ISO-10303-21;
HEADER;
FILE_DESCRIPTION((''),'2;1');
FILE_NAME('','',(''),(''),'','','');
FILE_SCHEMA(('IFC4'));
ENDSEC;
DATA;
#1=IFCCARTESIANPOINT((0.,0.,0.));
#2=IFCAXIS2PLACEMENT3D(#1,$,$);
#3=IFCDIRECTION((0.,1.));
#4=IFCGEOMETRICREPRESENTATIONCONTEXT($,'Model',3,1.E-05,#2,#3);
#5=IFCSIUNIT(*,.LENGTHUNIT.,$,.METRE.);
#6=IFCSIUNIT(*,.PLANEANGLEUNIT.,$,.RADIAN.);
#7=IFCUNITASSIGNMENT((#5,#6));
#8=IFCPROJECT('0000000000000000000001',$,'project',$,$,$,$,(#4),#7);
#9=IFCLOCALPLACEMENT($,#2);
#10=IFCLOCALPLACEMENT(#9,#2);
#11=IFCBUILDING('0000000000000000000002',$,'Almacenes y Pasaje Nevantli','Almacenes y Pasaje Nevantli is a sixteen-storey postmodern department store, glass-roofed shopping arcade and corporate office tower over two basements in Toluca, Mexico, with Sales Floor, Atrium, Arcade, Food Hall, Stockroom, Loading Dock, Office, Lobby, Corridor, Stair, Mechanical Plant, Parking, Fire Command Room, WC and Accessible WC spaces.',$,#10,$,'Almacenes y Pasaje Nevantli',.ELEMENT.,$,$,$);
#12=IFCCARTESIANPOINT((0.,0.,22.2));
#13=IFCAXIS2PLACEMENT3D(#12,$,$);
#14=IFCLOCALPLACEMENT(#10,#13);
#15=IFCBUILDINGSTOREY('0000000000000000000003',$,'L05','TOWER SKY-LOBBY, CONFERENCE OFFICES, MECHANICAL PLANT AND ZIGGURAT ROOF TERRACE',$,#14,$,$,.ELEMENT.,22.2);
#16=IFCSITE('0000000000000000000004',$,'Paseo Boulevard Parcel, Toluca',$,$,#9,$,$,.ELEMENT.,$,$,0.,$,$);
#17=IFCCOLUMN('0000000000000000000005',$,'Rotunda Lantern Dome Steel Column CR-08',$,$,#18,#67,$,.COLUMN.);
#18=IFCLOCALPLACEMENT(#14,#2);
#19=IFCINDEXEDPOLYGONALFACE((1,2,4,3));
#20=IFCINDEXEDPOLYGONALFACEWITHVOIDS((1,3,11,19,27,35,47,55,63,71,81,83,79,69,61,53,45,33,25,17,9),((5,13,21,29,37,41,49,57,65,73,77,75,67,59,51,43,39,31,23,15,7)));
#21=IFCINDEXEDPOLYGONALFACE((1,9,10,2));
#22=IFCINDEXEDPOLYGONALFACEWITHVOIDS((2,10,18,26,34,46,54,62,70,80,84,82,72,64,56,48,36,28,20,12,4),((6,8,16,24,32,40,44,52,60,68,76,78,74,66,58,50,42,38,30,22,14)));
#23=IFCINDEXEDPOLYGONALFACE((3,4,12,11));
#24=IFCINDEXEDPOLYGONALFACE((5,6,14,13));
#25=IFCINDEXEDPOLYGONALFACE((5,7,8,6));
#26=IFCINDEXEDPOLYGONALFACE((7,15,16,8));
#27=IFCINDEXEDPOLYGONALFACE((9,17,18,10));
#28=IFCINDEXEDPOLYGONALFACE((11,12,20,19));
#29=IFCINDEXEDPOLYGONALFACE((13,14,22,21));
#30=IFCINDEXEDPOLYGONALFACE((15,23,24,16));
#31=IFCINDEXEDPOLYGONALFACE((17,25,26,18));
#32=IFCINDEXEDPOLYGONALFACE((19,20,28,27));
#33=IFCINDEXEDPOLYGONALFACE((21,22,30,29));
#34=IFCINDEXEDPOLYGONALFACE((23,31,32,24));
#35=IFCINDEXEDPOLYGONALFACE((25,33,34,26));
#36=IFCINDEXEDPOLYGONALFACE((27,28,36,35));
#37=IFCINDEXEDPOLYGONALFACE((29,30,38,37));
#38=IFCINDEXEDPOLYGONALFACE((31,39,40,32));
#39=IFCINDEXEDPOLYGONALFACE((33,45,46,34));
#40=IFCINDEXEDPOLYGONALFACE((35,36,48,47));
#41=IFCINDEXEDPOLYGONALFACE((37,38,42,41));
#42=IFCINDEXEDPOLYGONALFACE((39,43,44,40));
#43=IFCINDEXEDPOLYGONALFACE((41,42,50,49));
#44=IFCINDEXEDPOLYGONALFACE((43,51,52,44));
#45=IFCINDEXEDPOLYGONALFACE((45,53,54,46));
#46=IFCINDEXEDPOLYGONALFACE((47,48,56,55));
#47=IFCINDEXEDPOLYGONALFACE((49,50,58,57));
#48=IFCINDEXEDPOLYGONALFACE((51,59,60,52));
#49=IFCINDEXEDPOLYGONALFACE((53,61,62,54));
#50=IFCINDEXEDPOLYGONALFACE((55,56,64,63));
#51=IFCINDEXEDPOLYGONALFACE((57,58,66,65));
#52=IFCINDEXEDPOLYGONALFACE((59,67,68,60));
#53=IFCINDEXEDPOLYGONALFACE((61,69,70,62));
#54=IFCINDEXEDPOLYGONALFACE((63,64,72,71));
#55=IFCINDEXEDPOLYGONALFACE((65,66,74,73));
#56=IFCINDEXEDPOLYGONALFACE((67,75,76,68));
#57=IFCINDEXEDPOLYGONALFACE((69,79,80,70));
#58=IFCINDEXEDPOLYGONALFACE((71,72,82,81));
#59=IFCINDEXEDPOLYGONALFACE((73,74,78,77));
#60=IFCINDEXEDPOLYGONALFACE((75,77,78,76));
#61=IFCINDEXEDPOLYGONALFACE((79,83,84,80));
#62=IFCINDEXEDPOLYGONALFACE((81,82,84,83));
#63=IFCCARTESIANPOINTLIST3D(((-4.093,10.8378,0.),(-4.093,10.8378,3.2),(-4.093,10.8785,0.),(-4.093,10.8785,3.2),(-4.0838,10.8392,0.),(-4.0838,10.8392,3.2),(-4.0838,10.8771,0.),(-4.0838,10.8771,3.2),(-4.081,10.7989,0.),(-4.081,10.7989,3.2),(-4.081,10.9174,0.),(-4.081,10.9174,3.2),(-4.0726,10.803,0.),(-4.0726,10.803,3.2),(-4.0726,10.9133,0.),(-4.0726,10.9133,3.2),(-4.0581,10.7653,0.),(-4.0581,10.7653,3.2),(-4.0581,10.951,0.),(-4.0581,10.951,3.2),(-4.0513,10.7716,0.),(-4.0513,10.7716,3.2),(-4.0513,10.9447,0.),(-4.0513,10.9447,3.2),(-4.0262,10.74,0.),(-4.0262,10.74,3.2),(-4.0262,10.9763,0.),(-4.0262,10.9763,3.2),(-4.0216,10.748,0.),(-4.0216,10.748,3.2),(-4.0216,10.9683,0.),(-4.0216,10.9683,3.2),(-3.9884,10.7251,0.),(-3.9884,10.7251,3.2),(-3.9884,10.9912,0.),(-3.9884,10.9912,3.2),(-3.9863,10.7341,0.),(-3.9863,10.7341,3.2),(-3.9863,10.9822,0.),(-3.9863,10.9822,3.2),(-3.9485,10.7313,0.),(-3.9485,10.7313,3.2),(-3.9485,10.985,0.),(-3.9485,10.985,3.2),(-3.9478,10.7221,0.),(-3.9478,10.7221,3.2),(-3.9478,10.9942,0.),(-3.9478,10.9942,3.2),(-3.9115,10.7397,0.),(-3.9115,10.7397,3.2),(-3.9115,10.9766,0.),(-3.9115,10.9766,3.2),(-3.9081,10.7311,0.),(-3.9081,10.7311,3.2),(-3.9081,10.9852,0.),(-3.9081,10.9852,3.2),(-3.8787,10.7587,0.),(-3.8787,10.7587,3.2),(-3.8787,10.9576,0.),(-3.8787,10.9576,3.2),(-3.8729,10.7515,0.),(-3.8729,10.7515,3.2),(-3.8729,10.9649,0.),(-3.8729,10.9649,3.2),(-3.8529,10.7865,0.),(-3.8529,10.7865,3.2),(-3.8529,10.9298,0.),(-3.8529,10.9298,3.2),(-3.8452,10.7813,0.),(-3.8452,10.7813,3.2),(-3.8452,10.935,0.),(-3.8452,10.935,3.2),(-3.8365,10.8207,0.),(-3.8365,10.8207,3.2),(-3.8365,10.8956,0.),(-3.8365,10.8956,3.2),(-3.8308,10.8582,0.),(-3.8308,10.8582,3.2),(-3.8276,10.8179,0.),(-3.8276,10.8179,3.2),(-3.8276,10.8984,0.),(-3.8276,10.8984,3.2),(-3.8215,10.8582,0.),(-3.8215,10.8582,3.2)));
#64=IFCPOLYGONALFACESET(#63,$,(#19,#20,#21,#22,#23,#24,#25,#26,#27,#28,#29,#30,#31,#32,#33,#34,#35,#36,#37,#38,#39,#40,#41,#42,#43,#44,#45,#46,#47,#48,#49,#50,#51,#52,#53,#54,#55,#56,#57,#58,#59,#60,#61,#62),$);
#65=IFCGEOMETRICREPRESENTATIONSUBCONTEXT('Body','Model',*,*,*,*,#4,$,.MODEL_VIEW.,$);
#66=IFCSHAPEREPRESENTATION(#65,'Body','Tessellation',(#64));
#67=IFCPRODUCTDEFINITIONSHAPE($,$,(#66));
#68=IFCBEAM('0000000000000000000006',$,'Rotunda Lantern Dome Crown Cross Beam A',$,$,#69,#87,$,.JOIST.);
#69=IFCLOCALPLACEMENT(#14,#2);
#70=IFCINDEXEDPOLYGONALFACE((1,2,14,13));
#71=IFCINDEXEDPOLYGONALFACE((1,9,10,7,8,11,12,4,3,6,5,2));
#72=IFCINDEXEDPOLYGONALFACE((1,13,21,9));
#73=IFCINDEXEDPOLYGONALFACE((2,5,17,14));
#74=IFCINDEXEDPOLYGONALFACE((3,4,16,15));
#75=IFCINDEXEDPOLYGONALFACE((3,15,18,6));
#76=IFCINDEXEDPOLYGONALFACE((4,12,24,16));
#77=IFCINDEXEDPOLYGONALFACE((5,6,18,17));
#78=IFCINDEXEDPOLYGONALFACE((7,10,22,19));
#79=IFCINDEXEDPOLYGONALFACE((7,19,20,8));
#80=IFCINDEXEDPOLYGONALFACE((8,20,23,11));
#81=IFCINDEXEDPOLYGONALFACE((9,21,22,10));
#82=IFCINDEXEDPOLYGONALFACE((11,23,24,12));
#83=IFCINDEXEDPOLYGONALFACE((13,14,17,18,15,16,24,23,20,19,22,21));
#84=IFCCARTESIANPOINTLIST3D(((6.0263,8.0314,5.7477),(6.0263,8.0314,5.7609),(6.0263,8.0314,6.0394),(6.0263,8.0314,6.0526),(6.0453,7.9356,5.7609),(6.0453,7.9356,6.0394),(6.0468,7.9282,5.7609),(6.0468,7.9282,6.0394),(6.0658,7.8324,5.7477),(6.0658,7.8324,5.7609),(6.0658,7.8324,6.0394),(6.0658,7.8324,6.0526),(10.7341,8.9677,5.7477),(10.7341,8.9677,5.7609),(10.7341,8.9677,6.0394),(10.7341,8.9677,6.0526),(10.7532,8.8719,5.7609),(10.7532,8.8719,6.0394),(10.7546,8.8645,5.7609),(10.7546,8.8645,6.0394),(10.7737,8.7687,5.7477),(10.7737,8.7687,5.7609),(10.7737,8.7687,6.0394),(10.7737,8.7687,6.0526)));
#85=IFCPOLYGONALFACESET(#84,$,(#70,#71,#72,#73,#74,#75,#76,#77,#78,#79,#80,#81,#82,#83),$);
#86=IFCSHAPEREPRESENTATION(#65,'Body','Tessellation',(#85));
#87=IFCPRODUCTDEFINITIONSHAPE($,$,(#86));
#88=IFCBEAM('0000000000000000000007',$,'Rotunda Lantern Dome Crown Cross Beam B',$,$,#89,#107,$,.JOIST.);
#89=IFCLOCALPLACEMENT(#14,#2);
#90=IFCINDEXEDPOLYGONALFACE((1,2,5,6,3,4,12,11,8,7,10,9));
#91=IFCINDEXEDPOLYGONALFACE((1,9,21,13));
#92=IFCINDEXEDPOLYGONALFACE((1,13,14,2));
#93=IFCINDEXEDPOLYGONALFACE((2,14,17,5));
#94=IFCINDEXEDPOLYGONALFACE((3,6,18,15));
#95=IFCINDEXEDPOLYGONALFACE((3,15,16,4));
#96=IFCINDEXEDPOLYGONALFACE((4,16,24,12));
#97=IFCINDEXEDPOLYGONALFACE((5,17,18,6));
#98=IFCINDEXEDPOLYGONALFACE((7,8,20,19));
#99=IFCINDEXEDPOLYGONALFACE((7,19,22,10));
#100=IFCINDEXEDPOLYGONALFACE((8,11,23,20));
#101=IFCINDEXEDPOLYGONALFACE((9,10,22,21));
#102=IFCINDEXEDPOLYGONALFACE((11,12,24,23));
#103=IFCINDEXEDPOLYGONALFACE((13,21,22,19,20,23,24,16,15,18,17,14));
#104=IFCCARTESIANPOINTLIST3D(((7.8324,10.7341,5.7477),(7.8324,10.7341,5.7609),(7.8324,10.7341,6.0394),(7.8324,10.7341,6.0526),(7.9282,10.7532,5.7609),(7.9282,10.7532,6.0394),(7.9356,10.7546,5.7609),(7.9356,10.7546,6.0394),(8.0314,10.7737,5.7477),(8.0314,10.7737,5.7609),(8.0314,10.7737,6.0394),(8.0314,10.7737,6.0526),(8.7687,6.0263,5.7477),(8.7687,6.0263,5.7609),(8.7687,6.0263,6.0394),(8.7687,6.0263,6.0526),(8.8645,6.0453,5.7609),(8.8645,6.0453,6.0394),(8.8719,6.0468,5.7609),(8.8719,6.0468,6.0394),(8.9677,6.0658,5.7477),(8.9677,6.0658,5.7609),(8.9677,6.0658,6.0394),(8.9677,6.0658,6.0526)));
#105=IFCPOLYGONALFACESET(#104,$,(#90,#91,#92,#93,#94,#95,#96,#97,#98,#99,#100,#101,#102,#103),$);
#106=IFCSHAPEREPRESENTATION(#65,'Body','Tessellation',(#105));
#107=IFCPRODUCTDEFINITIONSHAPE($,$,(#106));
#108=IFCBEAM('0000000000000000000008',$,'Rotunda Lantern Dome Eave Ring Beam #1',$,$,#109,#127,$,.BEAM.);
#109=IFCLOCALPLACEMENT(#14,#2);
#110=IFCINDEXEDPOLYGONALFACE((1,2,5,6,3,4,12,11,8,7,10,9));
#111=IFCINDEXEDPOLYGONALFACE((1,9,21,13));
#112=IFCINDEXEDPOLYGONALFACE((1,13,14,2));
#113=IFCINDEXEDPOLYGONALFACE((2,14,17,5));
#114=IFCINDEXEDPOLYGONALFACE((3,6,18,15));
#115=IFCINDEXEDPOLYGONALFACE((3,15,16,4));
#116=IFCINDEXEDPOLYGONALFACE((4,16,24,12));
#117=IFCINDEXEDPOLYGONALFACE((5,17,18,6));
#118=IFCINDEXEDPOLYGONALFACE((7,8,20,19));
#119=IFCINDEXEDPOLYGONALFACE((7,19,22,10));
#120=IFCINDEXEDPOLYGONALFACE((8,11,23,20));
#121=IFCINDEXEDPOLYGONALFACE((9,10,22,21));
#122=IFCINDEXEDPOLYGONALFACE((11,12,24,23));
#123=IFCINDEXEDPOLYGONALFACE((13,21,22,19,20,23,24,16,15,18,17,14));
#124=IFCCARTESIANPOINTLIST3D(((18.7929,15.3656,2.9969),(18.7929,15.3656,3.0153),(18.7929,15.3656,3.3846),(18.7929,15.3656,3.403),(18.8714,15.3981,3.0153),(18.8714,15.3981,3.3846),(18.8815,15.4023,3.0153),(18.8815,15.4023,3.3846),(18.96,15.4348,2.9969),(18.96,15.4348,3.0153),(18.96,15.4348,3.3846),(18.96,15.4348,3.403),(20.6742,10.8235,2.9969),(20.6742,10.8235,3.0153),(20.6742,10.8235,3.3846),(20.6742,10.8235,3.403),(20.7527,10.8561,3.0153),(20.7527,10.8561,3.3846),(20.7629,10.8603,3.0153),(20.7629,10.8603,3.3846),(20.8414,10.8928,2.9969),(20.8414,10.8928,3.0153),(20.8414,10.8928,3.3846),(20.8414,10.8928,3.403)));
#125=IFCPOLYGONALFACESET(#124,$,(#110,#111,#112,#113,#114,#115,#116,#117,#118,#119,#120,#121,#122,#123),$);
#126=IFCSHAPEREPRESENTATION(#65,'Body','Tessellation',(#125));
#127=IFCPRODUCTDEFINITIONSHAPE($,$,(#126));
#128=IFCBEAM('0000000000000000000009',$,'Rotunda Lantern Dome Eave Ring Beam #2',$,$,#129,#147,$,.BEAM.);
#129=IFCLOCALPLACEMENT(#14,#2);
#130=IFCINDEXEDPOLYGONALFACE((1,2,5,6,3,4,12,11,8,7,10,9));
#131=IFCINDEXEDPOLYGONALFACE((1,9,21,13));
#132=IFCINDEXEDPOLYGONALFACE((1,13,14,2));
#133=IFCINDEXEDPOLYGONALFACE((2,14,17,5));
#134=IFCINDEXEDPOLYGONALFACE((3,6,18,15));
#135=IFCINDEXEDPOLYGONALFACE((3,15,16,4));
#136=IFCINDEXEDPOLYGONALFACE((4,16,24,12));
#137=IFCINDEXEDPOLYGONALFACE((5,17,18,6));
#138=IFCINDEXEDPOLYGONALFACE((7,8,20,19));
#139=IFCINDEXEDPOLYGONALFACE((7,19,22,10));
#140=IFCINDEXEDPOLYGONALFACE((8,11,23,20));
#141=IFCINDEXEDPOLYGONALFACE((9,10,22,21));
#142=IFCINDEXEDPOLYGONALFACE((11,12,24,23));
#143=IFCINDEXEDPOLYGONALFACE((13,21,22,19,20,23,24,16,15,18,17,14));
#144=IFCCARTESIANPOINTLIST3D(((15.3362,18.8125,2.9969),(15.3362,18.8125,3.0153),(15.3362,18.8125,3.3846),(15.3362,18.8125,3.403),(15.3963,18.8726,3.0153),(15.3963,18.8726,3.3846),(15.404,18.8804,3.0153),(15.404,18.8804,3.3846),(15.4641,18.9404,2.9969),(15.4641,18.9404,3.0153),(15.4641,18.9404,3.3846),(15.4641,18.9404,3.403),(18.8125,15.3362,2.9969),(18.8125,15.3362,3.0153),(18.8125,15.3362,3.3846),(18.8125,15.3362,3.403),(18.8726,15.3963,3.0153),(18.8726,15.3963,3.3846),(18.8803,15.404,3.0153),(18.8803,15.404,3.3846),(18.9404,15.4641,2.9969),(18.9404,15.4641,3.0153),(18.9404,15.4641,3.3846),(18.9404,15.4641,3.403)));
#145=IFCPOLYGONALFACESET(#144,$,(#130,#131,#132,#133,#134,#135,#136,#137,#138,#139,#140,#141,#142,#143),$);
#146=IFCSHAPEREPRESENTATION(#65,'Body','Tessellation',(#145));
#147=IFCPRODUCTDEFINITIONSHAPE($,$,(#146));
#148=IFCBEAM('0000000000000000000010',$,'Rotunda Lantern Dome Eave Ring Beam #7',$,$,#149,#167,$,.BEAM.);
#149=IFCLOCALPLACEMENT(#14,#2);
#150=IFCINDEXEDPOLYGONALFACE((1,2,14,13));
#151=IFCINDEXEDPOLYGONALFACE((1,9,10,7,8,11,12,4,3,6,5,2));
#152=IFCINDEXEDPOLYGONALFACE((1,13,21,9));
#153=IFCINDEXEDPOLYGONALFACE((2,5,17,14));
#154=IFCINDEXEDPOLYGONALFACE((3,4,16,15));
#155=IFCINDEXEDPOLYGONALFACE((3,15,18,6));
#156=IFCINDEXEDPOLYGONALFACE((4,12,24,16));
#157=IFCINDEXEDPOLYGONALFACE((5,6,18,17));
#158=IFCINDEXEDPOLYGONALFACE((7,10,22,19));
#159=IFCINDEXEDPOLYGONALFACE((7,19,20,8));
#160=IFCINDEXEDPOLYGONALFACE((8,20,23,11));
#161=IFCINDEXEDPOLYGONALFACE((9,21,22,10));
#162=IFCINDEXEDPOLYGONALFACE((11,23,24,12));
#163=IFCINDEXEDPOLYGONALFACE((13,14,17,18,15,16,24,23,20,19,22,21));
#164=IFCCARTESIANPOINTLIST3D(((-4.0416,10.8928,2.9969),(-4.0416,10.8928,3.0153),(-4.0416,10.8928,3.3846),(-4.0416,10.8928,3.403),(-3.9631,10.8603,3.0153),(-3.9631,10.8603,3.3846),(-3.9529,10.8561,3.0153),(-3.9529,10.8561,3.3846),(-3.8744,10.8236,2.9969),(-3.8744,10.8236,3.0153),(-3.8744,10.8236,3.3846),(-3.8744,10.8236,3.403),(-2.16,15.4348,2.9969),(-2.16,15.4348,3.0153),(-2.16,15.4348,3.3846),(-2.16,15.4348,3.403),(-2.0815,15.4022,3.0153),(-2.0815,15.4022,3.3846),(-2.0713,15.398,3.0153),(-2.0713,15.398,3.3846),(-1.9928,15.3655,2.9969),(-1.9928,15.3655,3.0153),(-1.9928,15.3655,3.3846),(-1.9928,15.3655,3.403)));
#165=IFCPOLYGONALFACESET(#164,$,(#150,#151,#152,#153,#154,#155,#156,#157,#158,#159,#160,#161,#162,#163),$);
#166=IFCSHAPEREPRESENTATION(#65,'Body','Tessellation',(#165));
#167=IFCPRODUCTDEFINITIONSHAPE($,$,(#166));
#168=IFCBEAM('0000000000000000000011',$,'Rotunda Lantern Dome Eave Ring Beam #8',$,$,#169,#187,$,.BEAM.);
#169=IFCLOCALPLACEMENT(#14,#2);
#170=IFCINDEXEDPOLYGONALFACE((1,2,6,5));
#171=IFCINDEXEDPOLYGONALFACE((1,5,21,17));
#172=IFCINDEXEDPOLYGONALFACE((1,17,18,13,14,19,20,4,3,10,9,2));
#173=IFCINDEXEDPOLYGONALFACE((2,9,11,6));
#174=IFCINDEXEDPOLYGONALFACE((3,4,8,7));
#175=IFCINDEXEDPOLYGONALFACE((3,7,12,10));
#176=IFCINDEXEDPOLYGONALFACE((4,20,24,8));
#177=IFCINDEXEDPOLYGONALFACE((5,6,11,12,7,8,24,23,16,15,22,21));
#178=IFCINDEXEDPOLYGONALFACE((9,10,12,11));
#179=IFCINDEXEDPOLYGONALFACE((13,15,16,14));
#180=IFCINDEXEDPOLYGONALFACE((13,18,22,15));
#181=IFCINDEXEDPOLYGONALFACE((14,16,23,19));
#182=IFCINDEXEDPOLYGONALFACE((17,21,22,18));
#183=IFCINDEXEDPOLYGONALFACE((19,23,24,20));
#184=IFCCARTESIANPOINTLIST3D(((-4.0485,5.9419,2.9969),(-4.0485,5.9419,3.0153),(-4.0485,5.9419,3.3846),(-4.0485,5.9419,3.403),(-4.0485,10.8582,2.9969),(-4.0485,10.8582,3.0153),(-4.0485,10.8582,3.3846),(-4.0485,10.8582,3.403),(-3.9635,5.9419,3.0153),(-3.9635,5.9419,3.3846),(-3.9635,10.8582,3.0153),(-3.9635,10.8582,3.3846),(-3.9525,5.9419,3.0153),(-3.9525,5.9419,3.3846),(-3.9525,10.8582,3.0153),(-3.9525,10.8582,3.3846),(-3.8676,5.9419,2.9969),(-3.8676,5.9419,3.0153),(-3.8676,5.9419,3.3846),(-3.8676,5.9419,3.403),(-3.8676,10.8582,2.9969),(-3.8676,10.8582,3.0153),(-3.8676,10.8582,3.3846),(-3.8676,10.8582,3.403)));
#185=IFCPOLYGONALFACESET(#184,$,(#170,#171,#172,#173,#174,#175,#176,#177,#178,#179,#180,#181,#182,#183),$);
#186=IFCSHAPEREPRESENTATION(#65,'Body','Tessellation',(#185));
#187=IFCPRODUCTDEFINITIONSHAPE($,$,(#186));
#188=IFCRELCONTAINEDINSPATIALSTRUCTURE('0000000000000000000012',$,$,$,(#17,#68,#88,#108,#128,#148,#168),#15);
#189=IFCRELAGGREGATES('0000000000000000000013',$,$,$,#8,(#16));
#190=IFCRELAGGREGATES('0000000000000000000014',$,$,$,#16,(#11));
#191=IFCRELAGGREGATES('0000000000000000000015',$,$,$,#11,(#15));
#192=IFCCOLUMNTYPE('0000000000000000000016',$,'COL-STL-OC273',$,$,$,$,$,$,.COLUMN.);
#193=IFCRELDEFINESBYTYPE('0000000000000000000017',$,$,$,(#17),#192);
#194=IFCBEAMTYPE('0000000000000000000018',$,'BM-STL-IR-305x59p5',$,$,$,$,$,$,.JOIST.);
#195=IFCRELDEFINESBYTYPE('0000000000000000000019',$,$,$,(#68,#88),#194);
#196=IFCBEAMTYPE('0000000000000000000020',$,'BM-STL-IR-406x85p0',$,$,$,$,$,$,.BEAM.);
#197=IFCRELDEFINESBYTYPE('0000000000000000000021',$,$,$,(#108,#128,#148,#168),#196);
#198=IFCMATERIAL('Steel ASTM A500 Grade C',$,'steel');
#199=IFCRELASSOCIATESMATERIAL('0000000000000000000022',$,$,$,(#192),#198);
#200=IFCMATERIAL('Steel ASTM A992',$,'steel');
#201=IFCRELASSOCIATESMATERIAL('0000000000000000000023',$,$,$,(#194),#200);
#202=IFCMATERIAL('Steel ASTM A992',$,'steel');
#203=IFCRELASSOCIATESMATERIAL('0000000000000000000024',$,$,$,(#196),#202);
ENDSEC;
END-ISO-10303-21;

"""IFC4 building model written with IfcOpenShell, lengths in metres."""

from ifc_helpers import new_model, si_unit, direction, frame, origin, origin_2d, place, context, subcontext, project, spatial, hollow_circle, i_section, extrude, material, material_profile, profile_set, type_object, element, save


model = new_model("IFC4")

# Units and contexts
model_context = context("Model", 3, precision=1e-05, world=origin(), true_north=direction((0.0, 1.0)))
body_context = subcontext(model_context, "Body", "Model", "MODEL_VIEW")
ifc_project = project(units=[si_unit("LENGTHUNIT", "METRE"), si_unit("PLANEANGLEUNIT", "RADIAN")], contexts=[model_context])

# Site, building, storey
site_placement = place(None, origin())
site = spatial("IfcSite", under=ifc_project, at=site_placement, Name="Paseo Boulevard Parcel, Toluca", CompositionType="ELEMENT", RefElevation=0.0)
building_placement = place(site_placement, origin())
building = spatial("IfcBuilding", under=site, at=building_placement, Name="Almacenes y Pasaje Nevantli", Description="Almacenes y Pasaje Nevantli is a sixteen-storey postmodern department store, glass-roofed shopping arcade and corporate office tower over two basements in Toluca, Mexico, with Sales Floor, Atrium, Arcade, Food Hall, Stockroom, Loading Dock, Office, Lobby, Corridor, Stair, Mechanical Plant, Parking, Fire Command Room, WC and Accessible WC spaces.", LongName="Almacenes y Pasaje Nevantli", CompositionType="ELEMENT")
storey_placement = place(building_placement, frame((0.0, 0.0, 22.2)))
storey = spatial("IfcBuildingStorey", under=building, at=storey_placement, Name="L05", Description="TOWER SKY-LOBBY, CONFERENCE OFFICES, MECHANICAL PLANT AND ZIGGURAT ROOF TERRACE", CompositionType="ELEMENT", Elevation=22.2)

# Column
ifc_material_1 = material(Name="Steel ASTM A500 Grade C", Category="steel")
ifc_material_profile_1 = material_profile(ifc_material_1, hollow_circle(Radius=0.1365, WallThickness=0.0093, at=origin_2d()), Name="OC 273x9.3")
ifc_profile_set_1 = profile_set([ifc_material_profile_1], Name="Steel ASTM A500 Grade C")
column_type = type_object("IfcColumnType", Name="COL-STL-OC273", PredefinedType="COLUMN", material=ifc_profile_set_1)
for number, where, z_axis, x_axis, name in (
    (1, (-3.958, 10.8582, 0.0), (0.0, 0.0, 1.0), (1.0, 0.0, 0.0), "Rotunda Lantern Dome Steel Column CR-08"),
):
    element("IfcColumn", number, at=place(storey_placement, frame(where, z_axis=z_axis, x_axis=x_axis)), inside=storey, type_object=column_type, Name=name, PredefinedType="COLUMN", context=body_context, shape_type="SweptSolid", body=[
        extrude(hollow_circle(Radius=0.1365, WallThickness=0.0093, at=origin_2d()), origin(), (0.0, 0.0, 1.0), 3.2),
    ])

# Beams
ifc_material_2 = material(Name="Steel ASTM A992", Category="steel")
ifc_material_profile_2 = material_profile(ifc_material_2, i_section(OverallWidth=0.2029, OverallDepth=0.3049, WebThickness=0.0076, FlangeThickness=0.0132, at=origin_2d()), Name="IR 305x59.5")
ifc_profile_set_2 = profile_set([ifc_material_profile_2], Name="Steel ASTM A992")
beam_type_1 = type_object("IfcBeamType", Name="BM-STL-IR-305x59p5", PredefinedType="JOIST", material=ifc_profile_set_2)
for number, where, z_axis, x_axis, name in (
    (2, (10.7539, 8.8682, 5.9001), (-0.980791, -0.19506, 0.0), (0.19506, -0.980791, 0.0), "Rotunda Lantern Dome Crown Cross Beam A"),
    (3, (7.9319, 10.7539, 5.9001), (0.19506, -0.980791, 0.0), (0.980791, 0.19506, 0.0), "Rotunda Lantern Dome Crown Cross Beam B"),
):
    element("IfcBeam", number, at=place(storey_placement, frame(where, z_axis=z_axis, x_axis=x_axis)), inside=storey, type_object=beam_type_1, Name=name, PredefinedType="JOIST", context=body_context, shape_type="SweptSolid", body=[
        extrude(i_section(OverallWidth=0.2029, OverallDepth=0.3049, WebThickness=0.0076, FlangeThickness=0.0132, at=origin_2d()), origin(), (0.0, 0.0, 1.0), 4.8),
    ])
ifc_material_3 = material(Name="Steel ASTM A992", Category="steel")
ifc_material_profile_3 = material_profile(ifc_material_3, i_section(OverallWidth=0.1809, OverallDepth=0.406, WebThickness=0.011, FlangeThickness=0.0183, at=origin_2d()), Name="IR 406x85.0")
ifc_profile_set_3 = profile_set([ifc_material_profile_3], Name="Steel ASTM A992")
beam_type_2 = type_object("IfcBeamType", Name="BM-STL-IR-406x85p0", PredefinedType="BEAM", material=ifc_profile_set_3)
for number, where, z_axis, x_axis, name in (
    (4, (20.7578, 10.8582, 3.2), (-0.382682, 0.92388, 0.0), (-0.92388, -0.382682, 0.0), "Rotunda Lantern Dome Eave Ring Beam #1"),
    (5, (18.8765, 15.4001, 3.2), (-0.707107, 0.707107, 0.0), (-0.707107, -0.707107, 0.0), "Rotunda Lantern Dome Eave Ring Beam #2"),
    (6, (-2.0764, 15.4001, 3.2), (-0.382725, -0.923862, 0.0), (0.923862, -0.382725, 0.0), "Rotunda Lantern Dome Eave Ring Beam #7"),
    (7, (-3.958, 10.8582, 3.2), (0.0, -1.0, 0.0), (1.0, 0.0, 0.0), "Rotunda Lantern Dome Eave Ring Beam #8"),
):
    element("IfcBeam", number, at=place(storey_placement, frame(where, z_axis=z_axis, x_axis=x_axis)), inside=storey, type_object=beam_type_2, Name=name, PredefinedType="BEAM", context=body_context, shape_type="SweptSolid", body=[
        extrude(i_section(OverallWidth=0.1809, OverallDepth=0.406, WebThickness=0.011, FlangeThickness=0.0183, at=origin_2d()), origin(), (0.0, 0.0, 1.0), 4.9163),
    ])

save(model, "model.ifc")
